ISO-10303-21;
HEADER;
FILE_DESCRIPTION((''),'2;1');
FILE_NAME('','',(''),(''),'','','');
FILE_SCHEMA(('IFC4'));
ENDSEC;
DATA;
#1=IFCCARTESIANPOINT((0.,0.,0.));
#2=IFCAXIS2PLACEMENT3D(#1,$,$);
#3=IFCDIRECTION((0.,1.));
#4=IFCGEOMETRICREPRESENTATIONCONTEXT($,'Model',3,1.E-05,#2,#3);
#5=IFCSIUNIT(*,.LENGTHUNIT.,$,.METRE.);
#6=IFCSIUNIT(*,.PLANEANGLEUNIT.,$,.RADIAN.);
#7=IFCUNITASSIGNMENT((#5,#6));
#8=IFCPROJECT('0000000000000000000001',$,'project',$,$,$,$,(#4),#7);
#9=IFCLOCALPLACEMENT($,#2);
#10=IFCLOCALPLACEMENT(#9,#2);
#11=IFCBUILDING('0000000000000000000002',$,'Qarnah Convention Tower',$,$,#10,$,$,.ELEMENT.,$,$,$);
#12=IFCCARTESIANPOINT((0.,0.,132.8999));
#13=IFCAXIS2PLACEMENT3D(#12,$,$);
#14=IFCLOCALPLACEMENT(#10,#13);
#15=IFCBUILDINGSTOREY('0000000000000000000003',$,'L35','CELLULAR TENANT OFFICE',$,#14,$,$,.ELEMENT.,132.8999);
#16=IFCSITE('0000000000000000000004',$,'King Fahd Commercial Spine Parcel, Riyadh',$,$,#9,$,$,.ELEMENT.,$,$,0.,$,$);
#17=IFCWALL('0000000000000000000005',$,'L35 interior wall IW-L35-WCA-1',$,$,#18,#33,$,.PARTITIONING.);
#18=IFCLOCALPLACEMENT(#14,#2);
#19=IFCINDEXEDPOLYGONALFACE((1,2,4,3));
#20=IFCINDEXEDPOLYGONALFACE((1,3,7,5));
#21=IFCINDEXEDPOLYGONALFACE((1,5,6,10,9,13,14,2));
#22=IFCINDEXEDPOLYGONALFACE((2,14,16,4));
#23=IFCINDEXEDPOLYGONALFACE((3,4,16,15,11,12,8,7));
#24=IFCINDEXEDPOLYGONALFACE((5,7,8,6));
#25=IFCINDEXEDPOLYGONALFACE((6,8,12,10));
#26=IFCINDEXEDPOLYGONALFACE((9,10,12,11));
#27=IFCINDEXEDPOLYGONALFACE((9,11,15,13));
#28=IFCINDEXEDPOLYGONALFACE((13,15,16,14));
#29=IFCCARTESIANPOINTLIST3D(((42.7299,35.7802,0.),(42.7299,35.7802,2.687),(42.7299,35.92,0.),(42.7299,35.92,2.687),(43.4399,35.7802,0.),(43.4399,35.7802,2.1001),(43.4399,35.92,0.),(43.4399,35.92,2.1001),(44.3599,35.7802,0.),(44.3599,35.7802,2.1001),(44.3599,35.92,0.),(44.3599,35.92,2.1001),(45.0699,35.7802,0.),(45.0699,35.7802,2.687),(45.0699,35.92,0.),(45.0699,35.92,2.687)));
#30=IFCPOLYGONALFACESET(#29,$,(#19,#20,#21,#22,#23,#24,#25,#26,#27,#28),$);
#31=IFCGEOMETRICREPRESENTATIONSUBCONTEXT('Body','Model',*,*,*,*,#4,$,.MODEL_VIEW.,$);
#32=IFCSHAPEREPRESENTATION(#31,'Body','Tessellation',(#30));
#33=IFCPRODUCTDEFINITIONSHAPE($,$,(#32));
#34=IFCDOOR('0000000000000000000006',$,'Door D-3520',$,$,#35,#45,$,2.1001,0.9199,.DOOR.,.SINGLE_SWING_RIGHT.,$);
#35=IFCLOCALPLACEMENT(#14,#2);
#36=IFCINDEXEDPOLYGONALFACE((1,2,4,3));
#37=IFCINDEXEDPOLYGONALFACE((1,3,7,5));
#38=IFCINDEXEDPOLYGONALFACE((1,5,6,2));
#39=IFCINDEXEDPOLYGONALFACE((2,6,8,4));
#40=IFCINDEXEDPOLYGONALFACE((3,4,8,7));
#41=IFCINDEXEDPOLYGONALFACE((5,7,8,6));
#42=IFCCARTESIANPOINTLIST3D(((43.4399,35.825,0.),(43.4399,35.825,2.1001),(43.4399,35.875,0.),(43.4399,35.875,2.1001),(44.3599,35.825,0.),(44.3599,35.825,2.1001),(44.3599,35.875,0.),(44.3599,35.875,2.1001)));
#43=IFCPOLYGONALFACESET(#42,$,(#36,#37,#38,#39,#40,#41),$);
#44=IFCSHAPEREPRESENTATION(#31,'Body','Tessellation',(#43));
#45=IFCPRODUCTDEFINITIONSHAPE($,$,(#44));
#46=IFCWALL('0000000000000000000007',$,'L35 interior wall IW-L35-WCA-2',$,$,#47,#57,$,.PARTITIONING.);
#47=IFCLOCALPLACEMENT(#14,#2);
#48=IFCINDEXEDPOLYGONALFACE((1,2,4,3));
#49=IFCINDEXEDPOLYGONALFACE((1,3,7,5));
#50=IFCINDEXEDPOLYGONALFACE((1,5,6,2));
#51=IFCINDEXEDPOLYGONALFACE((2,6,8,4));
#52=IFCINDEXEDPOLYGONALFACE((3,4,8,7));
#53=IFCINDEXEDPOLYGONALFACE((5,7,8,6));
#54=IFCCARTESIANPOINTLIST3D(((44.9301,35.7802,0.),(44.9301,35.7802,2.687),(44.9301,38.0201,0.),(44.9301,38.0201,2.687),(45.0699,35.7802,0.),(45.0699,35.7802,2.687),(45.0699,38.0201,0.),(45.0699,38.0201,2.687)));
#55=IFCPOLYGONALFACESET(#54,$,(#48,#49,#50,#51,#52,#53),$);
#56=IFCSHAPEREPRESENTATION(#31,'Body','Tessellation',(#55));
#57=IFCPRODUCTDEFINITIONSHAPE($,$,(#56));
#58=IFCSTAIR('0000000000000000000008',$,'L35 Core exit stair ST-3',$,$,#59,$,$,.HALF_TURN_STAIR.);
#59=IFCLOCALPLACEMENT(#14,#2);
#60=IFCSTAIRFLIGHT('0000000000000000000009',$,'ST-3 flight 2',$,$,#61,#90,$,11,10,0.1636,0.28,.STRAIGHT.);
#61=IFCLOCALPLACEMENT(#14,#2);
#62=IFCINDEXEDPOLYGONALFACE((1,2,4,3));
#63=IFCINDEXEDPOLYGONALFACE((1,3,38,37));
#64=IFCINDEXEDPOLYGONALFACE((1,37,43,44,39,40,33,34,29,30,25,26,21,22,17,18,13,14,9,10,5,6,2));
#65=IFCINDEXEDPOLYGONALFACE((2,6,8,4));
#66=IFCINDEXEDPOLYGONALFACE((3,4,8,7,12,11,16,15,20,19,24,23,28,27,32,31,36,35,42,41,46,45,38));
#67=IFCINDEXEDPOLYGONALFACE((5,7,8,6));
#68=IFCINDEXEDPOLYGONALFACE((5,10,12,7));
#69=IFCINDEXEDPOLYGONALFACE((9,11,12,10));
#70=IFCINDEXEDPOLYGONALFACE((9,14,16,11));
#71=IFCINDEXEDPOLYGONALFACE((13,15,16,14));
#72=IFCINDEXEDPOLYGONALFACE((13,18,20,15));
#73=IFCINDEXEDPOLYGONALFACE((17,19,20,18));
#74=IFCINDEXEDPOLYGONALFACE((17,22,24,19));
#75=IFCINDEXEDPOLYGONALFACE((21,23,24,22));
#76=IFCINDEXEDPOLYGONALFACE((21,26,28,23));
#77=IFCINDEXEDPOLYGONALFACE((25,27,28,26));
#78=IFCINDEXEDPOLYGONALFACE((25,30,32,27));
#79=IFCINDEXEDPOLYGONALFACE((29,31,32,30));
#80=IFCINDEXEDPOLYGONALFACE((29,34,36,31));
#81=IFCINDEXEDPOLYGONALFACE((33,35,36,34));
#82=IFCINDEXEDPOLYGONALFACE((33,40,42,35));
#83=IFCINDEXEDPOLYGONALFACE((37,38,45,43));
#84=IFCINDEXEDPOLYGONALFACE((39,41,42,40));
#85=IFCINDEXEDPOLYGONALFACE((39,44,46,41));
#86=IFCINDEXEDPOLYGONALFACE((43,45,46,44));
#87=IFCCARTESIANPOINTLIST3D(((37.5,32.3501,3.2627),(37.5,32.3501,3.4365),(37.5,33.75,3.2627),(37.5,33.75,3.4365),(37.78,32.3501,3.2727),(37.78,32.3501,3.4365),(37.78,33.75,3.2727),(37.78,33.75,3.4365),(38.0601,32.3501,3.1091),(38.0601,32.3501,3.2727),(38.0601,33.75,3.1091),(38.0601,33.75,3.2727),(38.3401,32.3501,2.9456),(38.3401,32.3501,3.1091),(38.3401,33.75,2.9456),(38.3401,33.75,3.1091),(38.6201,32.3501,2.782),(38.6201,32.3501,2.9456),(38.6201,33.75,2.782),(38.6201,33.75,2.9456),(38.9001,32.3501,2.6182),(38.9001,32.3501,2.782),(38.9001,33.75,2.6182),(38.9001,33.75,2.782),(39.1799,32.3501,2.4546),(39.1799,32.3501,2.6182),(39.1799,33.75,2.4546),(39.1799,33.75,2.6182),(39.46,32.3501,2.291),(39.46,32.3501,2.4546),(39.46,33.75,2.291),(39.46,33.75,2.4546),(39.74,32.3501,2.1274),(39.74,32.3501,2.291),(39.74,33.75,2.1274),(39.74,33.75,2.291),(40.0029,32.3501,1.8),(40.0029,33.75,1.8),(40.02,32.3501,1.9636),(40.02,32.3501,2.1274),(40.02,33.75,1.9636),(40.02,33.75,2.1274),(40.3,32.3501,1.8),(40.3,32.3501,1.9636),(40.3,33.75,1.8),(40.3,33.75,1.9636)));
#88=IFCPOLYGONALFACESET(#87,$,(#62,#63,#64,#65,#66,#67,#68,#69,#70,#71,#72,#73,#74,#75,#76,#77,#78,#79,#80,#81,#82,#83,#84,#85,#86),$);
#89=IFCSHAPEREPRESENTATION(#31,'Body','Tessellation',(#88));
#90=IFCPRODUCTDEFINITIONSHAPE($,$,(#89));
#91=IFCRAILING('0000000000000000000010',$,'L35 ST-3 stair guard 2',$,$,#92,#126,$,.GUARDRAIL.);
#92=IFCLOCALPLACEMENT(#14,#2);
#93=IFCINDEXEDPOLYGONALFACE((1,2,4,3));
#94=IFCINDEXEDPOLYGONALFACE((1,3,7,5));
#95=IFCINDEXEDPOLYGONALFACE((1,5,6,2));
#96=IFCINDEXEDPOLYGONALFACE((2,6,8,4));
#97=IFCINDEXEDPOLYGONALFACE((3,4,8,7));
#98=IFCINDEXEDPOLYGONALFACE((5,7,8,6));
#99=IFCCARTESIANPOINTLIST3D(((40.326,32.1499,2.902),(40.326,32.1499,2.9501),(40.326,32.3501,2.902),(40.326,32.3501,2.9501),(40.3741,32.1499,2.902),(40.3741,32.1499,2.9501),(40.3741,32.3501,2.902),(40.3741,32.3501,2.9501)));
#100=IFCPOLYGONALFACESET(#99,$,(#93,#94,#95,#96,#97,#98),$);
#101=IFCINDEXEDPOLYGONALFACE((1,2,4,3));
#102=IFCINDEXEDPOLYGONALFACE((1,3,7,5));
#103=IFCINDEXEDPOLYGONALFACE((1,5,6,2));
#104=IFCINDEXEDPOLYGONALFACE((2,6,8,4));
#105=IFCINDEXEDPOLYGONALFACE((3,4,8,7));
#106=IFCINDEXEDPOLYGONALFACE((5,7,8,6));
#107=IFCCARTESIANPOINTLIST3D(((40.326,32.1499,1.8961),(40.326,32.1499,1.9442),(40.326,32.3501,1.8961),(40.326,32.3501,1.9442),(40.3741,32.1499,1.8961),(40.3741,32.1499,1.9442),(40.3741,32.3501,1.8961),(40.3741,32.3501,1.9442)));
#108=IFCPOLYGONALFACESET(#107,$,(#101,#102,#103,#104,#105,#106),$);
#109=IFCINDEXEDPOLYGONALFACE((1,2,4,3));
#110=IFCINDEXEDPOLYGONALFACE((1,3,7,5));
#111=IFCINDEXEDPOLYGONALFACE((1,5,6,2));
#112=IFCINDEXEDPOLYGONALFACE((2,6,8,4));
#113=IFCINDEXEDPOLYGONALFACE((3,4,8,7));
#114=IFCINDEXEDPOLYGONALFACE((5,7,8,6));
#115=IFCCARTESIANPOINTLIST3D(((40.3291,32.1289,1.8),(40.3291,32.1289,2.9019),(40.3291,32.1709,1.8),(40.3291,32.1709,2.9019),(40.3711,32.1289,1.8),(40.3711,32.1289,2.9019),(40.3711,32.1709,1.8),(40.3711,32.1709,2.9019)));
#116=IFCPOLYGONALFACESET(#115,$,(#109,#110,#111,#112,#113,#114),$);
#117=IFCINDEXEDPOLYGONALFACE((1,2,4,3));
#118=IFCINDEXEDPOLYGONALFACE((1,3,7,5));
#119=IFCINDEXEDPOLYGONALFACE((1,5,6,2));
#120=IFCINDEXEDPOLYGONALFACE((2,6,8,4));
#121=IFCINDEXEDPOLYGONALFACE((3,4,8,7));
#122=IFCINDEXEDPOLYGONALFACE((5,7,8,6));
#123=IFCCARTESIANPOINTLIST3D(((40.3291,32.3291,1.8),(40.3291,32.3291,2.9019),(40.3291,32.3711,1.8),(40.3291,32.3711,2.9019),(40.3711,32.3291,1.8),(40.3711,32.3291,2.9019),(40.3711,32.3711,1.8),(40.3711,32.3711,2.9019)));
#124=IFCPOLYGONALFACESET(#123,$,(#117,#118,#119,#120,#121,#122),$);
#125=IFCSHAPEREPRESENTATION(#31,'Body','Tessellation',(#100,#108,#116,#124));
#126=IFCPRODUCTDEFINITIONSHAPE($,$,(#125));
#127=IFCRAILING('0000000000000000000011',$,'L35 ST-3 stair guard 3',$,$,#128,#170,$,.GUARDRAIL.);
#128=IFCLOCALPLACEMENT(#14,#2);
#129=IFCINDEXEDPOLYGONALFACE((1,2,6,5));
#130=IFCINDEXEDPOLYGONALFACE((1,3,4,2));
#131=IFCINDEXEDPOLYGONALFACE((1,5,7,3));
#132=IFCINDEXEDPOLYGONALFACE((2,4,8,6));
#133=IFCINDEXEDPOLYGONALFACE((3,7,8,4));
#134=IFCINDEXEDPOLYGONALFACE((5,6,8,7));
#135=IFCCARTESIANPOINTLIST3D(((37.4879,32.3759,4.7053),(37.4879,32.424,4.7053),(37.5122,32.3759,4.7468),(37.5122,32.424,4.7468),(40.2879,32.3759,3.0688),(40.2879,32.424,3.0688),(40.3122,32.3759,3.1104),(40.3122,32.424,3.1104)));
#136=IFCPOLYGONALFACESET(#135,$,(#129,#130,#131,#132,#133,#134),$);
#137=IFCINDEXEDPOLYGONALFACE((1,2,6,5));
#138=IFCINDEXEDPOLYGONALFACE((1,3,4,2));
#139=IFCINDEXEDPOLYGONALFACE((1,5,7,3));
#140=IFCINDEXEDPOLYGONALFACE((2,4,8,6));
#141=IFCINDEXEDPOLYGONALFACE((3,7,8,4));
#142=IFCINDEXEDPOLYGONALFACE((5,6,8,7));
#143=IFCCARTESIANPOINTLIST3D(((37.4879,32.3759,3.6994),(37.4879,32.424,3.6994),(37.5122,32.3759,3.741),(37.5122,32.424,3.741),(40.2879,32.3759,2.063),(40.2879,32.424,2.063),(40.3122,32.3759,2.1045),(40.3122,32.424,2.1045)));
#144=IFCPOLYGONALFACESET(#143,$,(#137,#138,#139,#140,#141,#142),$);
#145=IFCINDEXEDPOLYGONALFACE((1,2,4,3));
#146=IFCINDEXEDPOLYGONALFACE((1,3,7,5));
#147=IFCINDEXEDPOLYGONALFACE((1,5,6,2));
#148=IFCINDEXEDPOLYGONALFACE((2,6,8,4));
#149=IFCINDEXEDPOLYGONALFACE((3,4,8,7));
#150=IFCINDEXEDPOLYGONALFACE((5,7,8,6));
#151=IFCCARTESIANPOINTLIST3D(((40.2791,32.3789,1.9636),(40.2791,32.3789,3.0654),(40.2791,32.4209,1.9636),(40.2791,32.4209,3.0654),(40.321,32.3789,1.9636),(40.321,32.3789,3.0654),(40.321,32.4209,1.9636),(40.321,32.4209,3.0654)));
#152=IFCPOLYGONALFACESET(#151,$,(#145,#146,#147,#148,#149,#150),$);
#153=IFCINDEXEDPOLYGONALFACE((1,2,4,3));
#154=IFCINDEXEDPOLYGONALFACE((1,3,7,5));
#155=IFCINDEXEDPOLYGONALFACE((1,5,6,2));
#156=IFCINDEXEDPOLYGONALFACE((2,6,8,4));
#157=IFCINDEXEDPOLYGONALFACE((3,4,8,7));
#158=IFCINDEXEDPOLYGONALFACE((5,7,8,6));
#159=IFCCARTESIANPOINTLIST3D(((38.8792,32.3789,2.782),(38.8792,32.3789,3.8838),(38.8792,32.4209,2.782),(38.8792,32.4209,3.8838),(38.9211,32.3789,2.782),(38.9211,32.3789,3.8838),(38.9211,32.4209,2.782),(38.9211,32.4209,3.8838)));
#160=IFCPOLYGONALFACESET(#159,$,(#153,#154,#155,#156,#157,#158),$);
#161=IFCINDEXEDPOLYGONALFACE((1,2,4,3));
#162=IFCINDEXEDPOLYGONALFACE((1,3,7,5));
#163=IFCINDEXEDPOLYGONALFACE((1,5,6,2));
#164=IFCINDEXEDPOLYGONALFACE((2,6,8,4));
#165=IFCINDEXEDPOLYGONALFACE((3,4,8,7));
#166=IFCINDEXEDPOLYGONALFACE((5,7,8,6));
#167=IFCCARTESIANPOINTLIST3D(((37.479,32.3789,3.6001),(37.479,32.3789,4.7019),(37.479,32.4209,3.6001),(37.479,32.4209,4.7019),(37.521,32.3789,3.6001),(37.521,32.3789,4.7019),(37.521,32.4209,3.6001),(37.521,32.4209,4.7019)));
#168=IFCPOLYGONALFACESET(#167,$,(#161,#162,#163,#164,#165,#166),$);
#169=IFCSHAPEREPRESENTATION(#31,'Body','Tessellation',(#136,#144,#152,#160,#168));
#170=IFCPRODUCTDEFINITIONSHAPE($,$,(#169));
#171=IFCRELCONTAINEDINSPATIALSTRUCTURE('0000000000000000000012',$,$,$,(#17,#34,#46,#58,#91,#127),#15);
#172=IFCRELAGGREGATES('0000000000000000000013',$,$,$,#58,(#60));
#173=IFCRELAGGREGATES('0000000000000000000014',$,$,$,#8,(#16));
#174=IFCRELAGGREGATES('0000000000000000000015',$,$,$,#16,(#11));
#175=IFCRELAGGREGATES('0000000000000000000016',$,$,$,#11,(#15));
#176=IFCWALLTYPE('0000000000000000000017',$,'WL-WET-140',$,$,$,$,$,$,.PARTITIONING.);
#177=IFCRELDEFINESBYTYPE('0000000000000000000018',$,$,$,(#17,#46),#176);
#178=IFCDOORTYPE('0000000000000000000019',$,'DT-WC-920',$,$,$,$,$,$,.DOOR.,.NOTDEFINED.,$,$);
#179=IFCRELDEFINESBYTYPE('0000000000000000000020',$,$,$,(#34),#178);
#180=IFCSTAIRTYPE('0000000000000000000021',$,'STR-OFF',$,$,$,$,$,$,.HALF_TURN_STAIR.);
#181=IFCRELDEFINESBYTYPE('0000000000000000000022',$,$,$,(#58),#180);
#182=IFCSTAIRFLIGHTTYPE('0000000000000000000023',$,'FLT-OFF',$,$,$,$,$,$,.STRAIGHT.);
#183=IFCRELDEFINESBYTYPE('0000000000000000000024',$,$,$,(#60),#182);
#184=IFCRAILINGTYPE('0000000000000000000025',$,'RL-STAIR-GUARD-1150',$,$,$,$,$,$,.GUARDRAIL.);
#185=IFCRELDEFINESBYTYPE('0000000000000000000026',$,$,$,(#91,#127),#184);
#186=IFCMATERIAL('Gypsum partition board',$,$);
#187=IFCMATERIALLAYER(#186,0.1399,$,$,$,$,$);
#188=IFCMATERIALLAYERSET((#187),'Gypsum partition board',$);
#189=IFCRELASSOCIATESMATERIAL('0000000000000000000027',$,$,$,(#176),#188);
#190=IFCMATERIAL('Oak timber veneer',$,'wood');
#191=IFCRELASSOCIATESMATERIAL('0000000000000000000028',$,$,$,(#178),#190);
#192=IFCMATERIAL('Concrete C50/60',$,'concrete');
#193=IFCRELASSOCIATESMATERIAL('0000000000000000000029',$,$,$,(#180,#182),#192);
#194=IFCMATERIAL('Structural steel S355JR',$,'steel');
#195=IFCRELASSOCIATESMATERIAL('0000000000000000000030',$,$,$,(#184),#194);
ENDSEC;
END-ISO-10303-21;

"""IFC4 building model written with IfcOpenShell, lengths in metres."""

from ifc_helpers import new_model, si_unit, direction, frame, frame_2d, origin, origin_2d, place, context, subcontext, project, spatial, polyline, rectangle, outline, extrude, material, layer, layer_set, type_object, element, fill, aggregate, save


model = new_model("IFC4")

# Units and contexts
model_context = context("Model", 3, precision=1e-05, world=origin(), true_north=direction((0.0, 1.0)))
body_context = subcontext(model_context, "Body", "Model", "MODEL_VIEW")
ifc_project = project(units=[si_unit("LENGTHUNIT", "METRE"), si_unit("PLANEANGLEUNIT", "RADIAN")], contexts=[model_context])

# Site, building, storey
site_placement = place(None, origin())
site = spatial("IfcSite", under=ifc_project, at=site_placement, Name="King Fahd Commercial Spine Parcel, Riyadh", CompositionType="ELEMENT", RefElevation=0.0)
building_placement = place(site_placement, origin())
building = spatial("IfcBuilding", under=site, at=building_placement, Name="Qarnah Convention Tower", CompositionType="ELEMENT")
storey_placement = place(building_placement, frame((0.0, 0.0, 132.8999)))
storey = spatial("IfcBuildingStorey", under=building, at=storey_placement, Name="L35", Description="CELLULAR TENANT OFFICE", CompositionType="ELEMENT", Elevation=132.8999)

# Shared definitions
ifc_material_1 = material(Name="Structural steel S355JR", Category="steel")

# Shared definitions
ifc_material_2 = material(Name="Gypsum partition board")

# Shared definitions
ifc_material_3 = material(Name="Oak timber veneer", Category="wood")
ifc_layer_1 = layer(ifc_material_2, 0.1399)
ifc_layer_set_1 = layer_set([ifc_layer_1], Name="Gypsum partition board")
wall_type_1 = type_object("IfcWallType", Name="WL-WET-140", PredefinedType="PARTITIONING", material=ifc_layer_set_1)
door_type_1 = type_object("IfcDoorType", Name="DT-WC-920", OperationType="NOTDEFINED", PredefinedType="DOOR", material=ifc_material_3)

# Wall, opening, door
wall_1_placement = place(storey_placement, frame((42.73, 35.8501, 0.0), z_axis=(0.0, 0.0, 1.0), x_axis=(1.0, 0.0, 0.0)))
wall_1 = element("IfcWall", 1, at=wall_1_placement, inside=storey, type_object=wall_type_1, Name="L35 interior wall IW-L35-WCA-1", PredefinedType="PARTITIONING", context=body_context, shape_type="SweptSolid", body=[
    extrude(rectangle(XDim=2.3401, YDim=0.1399, at=frame_2d((1.1699, 0.0))), origin(), (0.0, 0.0, 1.0), 2.687),
])
opening_1_placement = place(wall_1_placement, frame((0.71, 0.0, 0.0)))
opening_1 = element("IfcOpeningElement", 2, at=opening_1_placement, cuts=wall_1, PredefinedType="OPENING", context=body_context, shape_type="SweptSolid", body=[
    extrude(rectangle(XDim=0.9199, YDim=2.1001, at=frame_2d((0.46, 1.05))), frame((0.0, 0.0798, 0.0), z_axis=(0.0, -1.0, 0.0), x_axis=(1.0, 0.0, 0.0)), (0.0, 0.0, 1.0), 0.1599),
])
door_1_placement = place(opening_1_placement, origin())
door_1 = element("IfcDoor", 3, at=door_1_placement, inside=storey, type_object=door_type_1, Name="Door D-3520", OperationType="SINGLE_SWING_RIGHT", OverallHeight=2.1001, OverallWidth=0.9199, PredefinedType="DOOR", context=body_context, shape_type="SweptSolid", body=[
    extrude(rectangle(XDim=0.9199, YDim=2.1001, at=frame_2d((0.46, 1.05))), frame((0.0, 0.0249, 0.0), z_axis=(0.0, -1.0, 0.0), x_axis=(1.0, 0.0, 0.0)), (0.0, 0.0, 1.0), 0.05),
])
fill(opening_1, door_1)

# Wall
wall_2_placement = place(storey_placement, frame((45.0, 35.78, 0.0), z_axis=(0.0, 0.0, 1.0), x_axis=(0.0, 1.0, 0.0)))
element("IfcWall", 4, at=wall_2_placement, inside=storey, type_object=wall_type_1, Name="L35 interior wall IW-L35-WCA-2", PredefinedType="PARTITIONING", context=body_context, shape_type="SweptSolid", body=[
    extrude(rectangle(XDim=2.24, YDim=0.1399, at=frame_2d((1.1201, 0.0))), origin(), (0.0, 0.0, 1.0), 2.687),
])

# Stair, stair flight
ifc_material_4 = material(Name="Concrete C50/60", Category="concrete")
stair_type = type_object("IfcStairType", Name="STR-OFF", PredefinedType="HALF_TURN_STAIR", material=ifc_material_4)
stair_placement = place(storey_placement, origin())
stair = element("IfcStair", 5, at=stair_placement, inside=storey, type_object=stair_type, Name="L35 Core exit stair ST-3", PredefinedType="HALF_TURN_STAIR")
stair_flight_type = type_object("IfcStairFlightType", Name="FLT-OFF", PredefinedType="STRAIGHT", material=ifc_material_4)
stair_flight_placement = place(storey_placement, frame((40.3, 33.05, 1.8), z_axis=(0.0, 0.0, 1.0), x_axis=(-1.0, 0.0, 0.0)))
stair_flight = element("IfcStairFlight", 6, at=stair_flight_placement, type_object=stair_flight_type, Name="ST-3 flight 2", NumberOfRisers=11, NumberOfTreads=10, PredefinedType="STRAIGHT", RiserHeight=0.1636, TreadLength=0.28, context=body_context, shape_type="SweptSolid", body=[
    extrude(outline(polyline([(0.0, 0.0), (0.0, 0.1636), (0.28, 0.1636), (0.28, 0.3274), (0.5601, 0.3274), (0.5601, 0.491), (0.8401, 0.491), (0.8401, 0.6545), (1.1201, 0.6545), (1.1201, 0.8181), (1.3999, 0.8181), (1.3999, 0.9819), (1.6799, 0.9819), (1.6799, 1.1455), (1.96, 1.1455), (1.96, 1.3091), (2.24, 1.3091), (2.24, 1.4727), (2.52, 1.4727), (2.52, 1.6365), (2.8, 1.6365), (2.8, 1.8), (2.8, 1.4626), (0.2971, 0.0), (0.0, 0.0)])), frame((0.0, 0.7, 0.0), z_axis=(0.0, -1.0, 0.0), x_axis=(1.0, 0.0, 0.0)), (0.0, 0.0, 1.0), 1.3999),
])
aggregate(stair, [stair_flight])

# Railings
railing_type_1 = type_object("IfcRailingType", Name="RL-STAIR-GUARD-1150", PredefinedType="GUARDRAIL", material=ifc_material_1)
railing_1_placement = place(storey_placement, frame((40.3501, 32.1499, 1.8)))
element("IfcRailing", 7, at=railing_1_placement, inside=storey, type_object=railing_type_1, Name="L35 ST-3 stair guard 2", PredefinedType="GUARDRAIL", context=body_context, shape_type="SweptSolid", body=[
    extrude(rectangle(XDim=0.0481, YDim=0.0481, at=origin_2d()), frame((0.0, 0.0, 1.126), z_axis=(0.0, 1.0, 0.0), x_axis=(-1.0, 0.0, 0.0)), (0.0, 0.0, 1.0), 0.2002),
    extrude(rectangle(XDim=0.0481, YDim=0.0481, at=origin_2d()), frame((0.0, 0.0, 0.1201), z_axis=(0.0, 1.0, 0.0), x_axis=(-1.0, 0.0, 0.0)), (0.0, 0.0, 1.0), 0.2002),
    extrude(rectangle(XDim=0.042, YDim=0.042, at=origin_2d()), origin(), (0.0, 0.0, 1.0), 1.1018),
    extrude(rectangle(XDim=0.042, YDim=0.042, at=origin_2d()), frame((0.0, 0.2002, 0.0)), (0.0, 0.0, 1.0), 1.1018),
])
railing_2_placement = place(storey_placement, frame((40.3, 32.3999, 1.9636)))
element("IfcRailing", 8, at=railing_2_placement, inside=storey, type_object=railing_type_1, Name="L35 ST-3 stair guard 3", PredefinedType="GUARDRAIL", context=body_context, shape_type="SweptSolid", body=[
    extrude(rectangle(XDim=0.0481, YDim=0.0481, at=origin_2d()), frame((0.0, 0.0, 1.126), z_axis=(-0.863361, 0.0, 0.504587), x_axis=(0.0, -1.0, 0.0)), (0.0, 0.0, 1.0), 3.2432),
    extrude(rectangle(XDim=0.0481, YDim=0.0481, at=origin_2d()), frame((0.0, 0.0, 0.1201), z_axis=(-0.863361, 0.0, 0.504587), x_axis=(0.0, -1.0, 0.0)), (0.0, 0.0, 1.0), 3.2432),
    extrude(rectangle(XDim=0.042, YDim=0.042, at=origin_2d()), origin(), (0.0, 0.0, 1.0), 1.1018),
    extrude(rectangle(XDim=0.042, YDim=0.042, at=origin_2d()), frame((-1.3999, 0.0, 0.8184)), (0.0, 0.0, 1.0), 1.1018),
    extrude(rectangle(XDim=0.042, YDim=0.042, at=origin_2d()), frame((-2.8, 0.0, 1.6365)), (0.0, 0.0, 1.0), 1.1018),
])

save(model, "model.ifc")
